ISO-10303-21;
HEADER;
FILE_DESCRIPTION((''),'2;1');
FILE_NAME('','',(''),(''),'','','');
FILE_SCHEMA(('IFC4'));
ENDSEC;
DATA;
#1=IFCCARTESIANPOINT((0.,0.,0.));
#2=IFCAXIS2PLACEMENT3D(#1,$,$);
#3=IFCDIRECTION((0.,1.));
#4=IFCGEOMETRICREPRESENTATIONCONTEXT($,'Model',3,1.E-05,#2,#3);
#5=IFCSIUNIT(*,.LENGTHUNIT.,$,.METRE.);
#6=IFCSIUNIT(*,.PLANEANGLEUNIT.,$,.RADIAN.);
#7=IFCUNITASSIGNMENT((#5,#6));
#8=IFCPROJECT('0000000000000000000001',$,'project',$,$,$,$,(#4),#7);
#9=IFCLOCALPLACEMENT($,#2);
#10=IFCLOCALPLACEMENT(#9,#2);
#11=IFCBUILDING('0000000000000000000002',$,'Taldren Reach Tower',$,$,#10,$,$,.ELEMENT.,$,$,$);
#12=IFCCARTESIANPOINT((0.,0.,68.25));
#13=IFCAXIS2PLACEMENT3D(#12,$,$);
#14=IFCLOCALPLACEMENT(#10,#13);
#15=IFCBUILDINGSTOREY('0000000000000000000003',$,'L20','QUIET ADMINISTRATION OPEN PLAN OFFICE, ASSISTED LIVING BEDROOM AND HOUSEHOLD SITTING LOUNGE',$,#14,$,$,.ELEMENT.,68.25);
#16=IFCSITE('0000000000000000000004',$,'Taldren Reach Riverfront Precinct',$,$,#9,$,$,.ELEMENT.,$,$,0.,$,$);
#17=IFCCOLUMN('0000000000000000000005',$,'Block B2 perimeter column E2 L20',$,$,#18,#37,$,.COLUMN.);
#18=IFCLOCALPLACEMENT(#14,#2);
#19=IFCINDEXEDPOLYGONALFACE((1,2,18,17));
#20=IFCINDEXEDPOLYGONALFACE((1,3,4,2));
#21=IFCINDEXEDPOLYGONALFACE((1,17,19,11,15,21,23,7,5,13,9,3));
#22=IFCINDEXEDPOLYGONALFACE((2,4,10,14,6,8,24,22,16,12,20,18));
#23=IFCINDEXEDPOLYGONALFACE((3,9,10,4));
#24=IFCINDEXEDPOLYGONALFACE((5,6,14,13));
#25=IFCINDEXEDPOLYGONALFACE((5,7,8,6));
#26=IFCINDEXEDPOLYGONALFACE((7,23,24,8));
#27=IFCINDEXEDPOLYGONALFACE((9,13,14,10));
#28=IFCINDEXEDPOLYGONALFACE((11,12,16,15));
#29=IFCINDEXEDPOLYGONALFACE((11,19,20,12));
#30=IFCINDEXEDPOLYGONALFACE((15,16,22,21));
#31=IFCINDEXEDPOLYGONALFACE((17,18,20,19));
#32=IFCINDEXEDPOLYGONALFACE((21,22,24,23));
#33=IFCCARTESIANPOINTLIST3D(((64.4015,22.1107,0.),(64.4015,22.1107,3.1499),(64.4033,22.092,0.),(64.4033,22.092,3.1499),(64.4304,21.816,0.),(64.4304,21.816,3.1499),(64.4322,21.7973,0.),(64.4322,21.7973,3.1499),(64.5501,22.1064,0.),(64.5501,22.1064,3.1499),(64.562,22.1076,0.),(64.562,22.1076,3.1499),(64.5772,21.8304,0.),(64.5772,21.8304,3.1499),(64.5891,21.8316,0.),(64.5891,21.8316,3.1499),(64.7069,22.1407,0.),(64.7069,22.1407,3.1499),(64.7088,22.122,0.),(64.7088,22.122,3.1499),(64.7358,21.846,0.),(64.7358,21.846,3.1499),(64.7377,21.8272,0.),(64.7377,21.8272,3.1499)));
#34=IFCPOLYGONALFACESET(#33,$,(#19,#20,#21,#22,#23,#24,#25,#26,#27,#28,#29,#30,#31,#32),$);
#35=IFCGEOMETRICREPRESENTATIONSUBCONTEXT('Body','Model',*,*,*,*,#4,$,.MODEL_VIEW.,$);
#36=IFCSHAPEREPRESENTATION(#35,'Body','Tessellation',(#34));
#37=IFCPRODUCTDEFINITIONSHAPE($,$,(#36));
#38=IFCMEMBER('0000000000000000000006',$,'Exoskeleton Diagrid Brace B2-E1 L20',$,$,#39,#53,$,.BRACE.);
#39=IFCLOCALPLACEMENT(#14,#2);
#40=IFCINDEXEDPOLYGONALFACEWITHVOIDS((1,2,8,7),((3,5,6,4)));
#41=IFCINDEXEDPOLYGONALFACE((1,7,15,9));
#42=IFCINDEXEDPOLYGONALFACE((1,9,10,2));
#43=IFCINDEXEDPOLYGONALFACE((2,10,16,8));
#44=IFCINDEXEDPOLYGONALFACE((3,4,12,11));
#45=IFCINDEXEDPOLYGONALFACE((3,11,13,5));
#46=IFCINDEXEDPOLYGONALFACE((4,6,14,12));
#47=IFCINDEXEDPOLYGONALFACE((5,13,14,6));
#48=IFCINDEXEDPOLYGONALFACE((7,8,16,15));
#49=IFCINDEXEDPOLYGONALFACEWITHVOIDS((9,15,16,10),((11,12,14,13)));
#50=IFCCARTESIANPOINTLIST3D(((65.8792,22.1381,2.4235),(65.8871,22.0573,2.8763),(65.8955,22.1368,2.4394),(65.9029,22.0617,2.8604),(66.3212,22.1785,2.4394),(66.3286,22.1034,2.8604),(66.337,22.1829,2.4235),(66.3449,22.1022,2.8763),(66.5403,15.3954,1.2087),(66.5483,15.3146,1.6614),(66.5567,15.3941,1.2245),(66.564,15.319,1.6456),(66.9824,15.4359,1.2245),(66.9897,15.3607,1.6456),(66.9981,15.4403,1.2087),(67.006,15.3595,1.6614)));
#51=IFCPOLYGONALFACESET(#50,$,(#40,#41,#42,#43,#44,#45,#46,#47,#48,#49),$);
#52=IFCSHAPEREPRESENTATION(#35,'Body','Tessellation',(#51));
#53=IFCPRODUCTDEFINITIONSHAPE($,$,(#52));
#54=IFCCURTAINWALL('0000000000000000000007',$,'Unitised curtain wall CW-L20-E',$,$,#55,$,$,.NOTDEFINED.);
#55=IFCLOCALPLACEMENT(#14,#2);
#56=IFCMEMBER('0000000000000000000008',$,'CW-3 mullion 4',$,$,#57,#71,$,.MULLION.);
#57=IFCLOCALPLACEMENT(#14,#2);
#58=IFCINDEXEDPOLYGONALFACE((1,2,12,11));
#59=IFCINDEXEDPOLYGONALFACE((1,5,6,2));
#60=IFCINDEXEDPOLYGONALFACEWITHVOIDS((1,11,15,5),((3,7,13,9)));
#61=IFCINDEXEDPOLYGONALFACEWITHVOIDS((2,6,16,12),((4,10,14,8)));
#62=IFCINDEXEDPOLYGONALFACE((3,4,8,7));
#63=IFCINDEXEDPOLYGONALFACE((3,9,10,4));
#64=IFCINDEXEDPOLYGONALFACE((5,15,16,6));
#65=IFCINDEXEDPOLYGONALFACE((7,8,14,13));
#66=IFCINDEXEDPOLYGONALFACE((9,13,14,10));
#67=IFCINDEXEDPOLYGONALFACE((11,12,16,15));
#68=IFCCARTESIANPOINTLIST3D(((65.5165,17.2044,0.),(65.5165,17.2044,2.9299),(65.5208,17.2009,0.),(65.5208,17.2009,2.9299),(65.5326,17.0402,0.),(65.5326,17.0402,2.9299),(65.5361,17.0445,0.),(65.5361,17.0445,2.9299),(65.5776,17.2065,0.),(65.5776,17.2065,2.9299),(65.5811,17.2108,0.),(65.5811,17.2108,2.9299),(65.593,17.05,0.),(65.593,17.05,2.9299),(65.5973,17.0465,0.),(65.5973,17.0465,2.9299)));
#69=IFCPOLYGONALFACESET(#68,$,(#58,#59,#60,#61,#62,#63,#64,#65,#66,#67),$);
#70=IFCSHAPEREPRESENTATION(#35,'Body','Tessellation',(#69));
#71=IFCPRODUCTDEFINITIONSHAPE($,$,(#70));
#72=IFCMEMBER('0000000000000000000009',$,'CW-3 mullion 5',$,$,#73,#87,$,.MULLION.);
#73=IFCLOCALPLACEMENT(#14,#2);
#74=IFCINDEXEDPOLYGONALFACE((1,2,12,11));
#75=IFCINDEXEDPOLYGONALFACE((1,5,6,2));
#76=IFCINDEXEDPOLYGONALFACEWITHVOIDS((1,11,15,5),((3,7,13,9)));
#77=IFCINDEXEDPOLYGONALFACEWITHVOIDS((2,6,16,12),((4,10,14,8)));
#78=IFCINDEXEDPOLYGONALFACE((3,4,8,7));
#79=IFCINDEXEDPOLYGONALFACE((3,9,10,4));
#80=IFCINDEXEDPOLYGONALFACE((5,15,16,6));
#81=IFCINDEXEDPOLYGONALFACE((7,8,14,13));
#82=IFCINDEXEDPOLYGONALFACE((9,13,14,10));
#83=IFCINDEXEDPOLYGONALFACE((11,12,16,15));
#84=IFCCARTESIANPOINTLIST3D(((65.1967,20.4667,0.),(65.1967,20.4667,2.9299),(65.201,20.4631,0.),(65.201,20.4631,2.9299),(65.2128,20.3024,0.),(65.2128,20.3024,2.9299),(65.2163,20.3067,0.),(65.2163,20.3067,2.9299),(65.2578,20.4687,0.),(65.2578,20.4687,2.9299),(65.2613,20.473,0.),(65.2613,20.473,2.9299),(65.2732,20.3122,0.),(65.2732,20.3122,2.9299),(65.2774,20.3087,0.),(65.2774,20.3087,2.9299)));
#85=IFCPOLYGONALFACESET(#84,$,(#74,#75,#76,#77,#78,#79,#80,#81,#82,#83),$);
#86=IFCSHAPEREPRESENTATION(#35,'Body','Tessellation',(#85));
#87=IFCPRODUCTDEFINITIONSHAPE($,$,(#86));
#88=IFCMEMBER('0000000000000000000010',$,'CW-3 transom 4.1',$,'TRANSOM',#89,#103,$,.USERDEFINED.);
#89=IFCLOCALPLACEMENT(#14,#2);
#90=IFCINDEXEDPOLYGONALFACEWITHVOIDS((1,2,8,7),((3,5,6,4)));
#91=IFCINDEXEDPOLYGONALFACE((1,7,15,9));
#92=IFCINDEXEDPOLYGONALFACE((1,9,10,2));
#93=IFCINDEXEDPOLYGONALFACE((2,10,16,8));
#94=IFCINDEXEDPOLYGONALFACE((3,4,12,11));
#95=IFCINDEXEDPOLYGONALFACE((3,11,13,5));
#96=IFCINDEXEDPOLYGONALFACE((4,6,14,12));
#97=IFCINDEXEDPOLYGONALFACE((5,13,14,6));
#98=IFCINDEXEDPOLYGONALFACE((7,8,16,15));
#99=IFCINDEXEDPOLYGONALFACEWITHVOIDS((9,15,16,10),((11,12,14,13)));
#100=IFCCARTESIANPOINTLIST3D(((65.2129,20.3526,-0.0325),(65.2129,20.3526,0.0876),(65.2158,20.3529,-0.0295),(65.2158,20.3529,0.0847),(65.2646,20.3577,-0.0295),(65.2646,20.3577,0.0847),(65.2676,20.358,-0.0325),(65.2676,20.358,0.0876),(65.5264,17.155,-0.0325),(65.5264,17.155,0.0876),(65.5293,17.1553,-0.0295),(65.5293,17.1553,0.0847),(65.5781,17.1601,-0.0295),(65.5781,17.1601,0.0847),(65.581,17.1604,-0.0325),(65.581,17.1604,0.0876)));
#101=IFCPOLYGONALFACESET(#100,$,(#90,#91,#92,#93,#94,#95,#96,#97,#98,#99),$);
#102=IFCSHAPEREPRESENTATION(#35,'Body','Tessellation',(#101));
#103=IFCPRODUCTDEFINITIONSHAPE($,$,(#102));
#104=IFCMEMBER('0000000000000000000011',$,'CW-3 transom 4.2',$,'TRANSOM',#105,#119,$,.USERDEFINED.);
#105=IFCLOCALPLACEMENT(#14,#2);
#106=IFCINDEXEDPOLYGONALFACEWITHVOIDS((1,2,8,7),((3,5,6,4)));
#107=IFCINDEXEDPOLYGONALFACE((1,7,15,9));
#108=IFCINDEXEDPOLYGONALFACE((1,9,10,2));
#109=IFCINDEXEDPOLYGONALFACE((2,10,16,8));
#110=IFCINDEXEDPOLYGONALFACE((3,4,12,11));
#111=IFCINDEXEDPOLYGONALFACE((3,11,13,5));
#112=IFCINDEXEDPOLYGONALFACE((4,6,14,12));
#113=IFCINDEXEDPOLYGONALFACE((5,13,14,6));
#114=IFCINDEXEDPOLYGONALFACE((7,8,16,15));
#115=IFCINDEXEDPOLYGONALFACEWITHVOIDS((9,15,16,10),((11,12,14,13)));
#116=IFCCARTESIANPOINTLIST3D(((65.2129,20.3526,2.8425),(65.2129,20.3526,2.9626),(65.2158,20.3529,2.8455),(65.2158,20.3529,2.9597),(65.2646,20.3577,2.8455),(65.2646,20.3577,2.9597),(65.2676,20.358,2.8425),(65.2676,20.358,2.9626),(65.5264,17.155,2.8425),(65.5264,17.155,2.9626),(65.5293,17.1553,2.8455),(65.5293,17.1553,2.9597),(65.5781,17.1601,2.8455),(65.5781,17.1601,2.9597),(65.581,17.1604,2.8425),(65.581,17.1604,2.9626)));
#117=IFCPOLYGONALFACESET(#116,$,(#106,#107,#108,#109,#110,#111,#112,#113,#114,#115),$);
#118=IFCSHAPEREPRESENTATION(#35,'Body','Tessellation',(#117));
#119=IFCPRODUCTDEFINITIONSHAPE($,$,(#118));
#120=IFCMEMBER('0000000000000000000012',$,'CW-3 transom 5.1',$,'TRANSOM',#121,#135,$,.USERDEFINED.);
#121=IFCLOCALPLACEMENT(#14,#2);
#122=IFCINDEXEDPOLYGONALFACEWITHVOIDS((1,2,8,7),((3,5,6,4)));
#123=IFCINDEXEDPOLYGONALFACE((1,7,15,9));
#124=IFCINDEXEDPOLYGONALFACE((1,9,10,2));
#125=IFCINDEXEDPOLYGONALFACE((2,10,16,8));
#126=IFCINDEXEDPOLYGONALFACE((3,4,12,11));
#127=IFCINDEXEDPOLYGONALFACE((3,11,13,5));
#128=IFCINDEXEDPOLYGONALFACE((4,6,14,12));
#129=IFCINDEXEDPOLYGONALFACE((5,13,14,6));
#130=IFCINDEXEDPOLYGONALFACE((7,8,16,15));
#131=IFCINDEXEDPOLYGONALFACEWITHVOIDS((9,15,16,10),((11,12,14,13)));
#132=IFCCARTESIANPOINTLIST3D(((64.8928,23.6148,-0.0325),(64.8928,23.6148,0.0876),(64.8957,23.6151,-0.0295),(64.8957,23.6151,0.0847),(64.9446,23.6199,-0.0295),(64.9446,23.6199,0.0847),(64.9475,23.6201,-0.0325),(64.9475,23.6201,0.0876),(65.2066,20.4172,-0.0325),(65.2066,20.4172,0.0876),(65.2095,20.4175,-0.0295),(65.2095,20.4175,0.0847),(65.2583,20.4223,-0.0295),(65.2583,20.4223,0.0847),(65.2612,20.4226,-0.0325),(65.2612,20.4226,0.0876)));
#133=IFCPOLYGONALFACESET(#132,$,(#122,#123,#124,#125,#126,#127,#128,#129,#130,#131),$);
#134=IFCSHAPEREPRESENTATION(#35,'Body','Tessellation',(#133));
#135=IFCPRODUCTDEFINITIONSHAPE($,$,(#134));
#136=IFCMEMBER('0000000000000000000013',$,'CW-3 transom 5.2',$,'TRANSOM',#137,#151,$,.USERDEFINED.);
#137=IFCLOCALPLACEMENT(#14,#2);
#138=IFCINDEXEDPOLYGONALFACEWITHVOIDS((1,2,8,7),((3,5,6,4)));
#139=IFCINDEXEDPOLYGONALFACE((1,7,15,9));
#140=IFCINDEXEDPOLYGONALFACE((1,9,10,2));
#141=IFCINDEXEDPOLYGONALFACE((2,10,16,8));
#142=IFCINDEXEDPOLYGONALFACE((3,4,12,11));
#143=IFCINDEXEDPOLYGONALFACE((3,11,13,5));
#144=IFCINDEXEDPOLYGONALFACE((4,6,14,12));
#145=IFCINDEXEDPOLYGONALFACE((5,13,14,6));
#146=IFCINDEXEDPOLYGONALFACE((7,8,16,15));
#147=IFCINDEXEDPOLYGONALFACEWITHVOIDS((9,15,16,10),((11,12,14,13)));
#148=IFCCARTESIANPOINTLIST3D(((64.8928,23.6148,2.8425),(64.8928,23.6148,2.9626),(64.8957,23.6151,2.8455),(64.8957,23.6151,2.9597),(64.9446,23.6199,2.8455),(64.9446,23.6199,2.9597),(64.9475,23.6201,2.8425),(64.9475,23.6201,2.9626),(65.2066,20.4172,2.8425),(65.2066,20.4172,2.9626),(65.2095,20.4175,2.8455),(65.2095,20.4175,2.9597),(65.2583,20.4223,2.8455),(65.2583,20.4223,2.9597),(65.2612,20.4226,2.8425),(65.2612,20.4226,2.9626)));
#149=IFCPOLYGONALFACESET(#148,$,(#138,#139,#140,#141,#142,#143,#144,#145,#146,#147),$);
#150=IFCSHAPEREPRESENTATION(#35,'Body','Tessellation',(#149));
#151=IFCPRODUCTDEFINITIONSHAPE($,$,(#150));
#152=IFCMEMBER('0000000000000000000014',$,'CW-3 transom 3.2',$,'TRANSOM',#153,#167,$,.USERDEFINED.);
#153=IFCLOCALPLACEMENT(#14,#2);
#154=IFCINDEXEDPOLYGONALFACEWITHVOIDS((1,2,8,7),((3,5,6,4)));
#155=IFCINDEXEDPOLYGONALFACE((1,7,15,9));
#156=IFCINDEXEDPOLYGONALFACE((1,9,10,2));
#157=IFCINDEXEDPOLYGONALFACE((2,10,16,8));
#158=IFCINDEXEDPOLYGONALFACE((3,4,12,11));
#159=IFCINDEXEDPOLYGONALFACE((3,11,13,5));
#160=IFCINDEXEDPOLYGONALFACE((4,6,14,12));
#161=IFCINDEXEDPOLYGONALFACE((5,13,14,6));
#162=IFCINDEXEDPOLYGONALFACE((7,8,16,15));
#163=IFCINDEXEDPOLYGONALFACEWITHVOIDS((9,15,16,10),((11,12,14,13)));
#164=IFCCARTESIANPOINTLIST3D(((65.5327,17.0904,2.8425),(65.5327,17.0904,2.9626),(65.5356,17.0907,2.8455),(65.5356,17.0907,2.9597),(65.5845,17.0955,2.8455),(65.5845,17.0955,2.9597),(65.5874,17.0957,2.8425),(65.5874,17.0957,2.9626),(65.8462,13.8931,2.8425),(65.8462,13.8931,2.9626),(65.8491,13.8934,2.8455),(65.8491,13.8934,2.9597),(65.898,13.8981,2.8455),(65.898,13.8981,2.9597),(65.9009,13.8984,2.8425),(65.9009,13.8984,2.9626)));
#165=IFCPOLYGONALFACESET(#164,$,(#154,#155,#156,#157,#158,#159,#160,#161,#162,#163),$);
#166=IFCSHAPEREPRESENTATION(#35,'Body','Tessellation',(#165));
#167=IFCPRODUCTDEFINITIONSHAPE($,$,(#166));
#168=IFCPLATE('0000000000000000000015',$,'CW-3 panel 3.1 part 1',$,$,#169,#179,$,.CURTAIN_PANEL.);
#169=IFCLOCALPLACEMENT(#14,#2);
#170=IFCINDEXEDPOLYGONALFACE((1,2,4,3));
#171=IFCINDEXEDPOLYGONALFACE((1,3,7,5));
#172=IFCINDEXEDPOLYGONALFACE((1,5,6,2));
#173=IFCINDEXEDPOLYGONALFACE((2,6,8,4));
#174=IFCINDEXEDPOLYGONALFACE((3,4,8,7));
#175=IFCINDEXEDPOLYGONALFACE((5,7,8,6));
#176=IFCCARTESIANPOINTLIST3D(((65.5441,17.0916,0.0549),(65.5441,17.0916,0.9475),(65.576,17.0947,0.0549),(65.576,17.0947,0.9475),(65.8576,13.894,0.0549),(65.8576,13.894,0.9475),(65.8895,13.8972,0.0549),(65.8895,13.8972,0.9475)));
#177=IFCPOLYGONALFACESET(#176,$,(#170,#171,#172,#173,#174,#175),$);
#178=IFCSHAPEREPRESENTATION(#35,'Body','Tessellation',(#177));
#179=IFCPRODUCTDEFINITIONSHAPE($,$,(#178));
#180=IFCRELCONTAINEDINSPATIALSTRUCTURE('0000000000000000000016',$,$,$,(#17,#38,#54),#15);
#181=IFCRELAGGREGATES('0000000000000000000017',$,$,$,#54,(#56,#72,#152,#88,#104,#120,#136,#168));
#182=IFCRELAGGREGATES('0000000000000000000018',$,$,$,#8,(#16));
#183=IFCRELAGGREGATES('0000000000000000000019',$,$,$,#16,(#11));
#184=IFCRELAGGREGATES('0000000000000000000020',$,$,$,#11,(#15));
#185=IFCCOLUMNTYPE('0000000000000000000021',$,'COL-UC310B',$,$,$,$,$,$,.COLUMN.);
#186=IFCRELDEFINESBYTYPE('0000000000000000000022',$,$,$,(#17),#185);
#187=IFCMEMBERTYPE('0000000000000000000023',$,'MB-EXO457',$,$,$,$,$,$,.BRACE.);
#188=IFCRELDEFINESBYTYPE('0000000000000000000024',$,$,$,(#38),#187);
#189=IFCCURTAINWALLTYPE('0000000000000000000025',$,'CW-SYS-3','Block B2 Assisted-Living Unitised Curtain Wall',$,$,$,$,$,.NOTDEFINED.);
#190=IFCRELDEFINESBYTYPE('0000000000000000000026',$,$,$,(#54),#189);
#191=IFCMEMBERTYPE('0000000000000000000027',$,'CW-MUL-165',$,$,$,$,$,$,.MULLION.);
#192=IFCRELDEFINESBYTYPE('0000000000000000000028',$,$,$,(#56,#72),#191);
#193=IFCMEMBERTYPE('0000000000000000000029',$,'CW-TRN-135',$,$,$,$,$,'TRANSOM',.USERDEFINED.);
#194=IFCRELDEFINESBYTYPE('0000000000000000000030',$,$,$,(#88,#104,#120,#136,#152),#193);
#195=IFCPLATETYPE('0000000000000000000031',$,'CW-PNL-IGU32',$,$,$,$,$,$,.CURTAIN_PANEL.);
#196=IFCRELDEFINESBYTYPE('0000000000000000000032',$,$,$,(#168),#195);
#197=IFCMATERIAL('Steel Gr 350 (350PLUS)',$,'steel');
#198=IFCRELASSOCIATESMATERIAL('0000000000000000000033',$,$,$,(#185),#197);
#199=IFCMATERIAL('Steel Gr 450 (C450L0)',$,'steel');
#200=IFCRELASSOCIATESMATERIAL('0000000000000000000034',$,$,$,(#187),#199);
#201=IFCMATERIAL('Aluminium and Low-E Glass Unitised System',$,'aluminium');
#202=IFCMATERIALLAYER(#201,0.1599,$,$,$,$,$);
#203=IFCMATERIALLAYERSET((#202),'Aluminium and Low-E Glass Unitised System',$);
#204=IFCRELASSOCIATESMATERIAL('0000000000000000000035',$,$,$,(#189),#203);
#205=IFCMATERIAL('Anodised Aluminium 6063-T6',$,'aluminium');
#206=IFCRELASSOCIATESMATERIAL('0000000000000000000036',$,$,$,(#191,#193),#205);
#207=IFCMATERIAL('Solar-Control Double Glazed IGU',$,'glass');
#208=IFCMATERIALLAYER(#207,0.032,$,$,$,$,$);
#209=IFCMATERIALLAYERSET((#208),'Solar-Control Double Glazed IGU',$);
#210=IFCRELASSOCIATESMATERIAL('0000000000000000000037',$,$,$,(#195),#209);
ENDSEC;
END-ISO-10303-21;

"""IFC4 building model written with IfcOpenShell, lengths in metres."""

from ifc_helpers import new_model, si_unit, direction, frame, origin, origin_2d, place, context, subcontext, project, spatial, rectangle, hollow_rectangle, i_section, extrude, source, transform, mapped, material, layer, layer_set, material_profile, profile_set, type_object, element, aggregate, save


model = new_model("IFC4")

# Units and contexts
model_context = context("Model", 3, precision=1e-05, world=origin(), true_north=direction((0.0, 1.0)))
body_context = subcontext(model_context, "Body", "Model", "MODEL_VIEW")
ifc_project = project(units=[si_unit("LENGTHUNIT", "METRE"), si_unit("PLANEANGLEUNIT", "RADIAN")], contexts=[model_context])

# Site, building, storey
site_placement = place(None, origin())
site = spatial("IfcSite", under=ifc_project, at=site_placement, Name="Taldren Reach Riverfront Precinct", CompositionType="ELEMENT", RefElevation=0.0)
building_placement = place(site_placement, origin())
building = spatial("IfcBuilding", under=site, at=building_placement, Name="Taldren Reach Tower", CompositionType="ELEMENT")
storey_placement = place(building_placement, frame((0.0, 0.0, 68.25)))
storey = spatial("IfcBuildingStorey", under=building, at=storey_placement, Name="L20", Description="QUIET ADMINISTRATION OPEN PLAN OFFICE, ASSISTED LIVING BEDROOM AND HOUSEHOLD SITTING LOUNGE", CompositionType="ELEMENT", Elevation=68.25)

# Column
ifc_material_1 = material(Name="Steel Gr 350 (350PLUS)", Category="steel")
ifc_material_profile_1 = material_profile(ifc_material_1, i_section(OverallWidth=0.3069, OverallDepth=0.3149, WebThickness=0.012, FlangeThickness=0.0188, at=origin_2d()), Name="310UC118")
ifc_profile_set_1 = profile_set([ifc_material_profile_1], Name="Steel Gr 350 (350PLUS)")
column_type = type_object("IfcColumnType", Name="COL-UC310B", PredefinedType="COLUMN", material=ifc_profile_set_1)
shared_shape_1 = source(origin(), body_context, "Body", "SweptSolid", [
    extrude(i_section(OverallWidth=0.3069, OverallDepth=0.3149, WebThickness=0.012, FlangeThickness=0.0188, at=origin_2d()), origin(), (0.0, 0.0, 1.0), 3.1499),
])
column_placement = place(storey_placement, frame((64.5696, 21.969, 0.0), z_axis=(0.0, 0.0, 1.0), x_axis=(0.995227, 0.097583, 0.0)))
element("IfcColumn", 1, at=column_placement, inside=storey, type_object=column_type, Name="Block B2 perimeter column E2 L20", PredefinedType="COLUMN", context=body_context, shape_type="MappedRepresentation", body=[
    mapped(shared_shape_1, transform((0.0, 0.0, 0.0), scale=1.0)),
])

# Member
ifc_material_2 = material(Name="Steel Gr 450 (C450L0)", Category="steel")
ifc_material_profile_2 = material_profile(ifc_material_2, hollow_rectangle(XDim=0.46, YDim=0.46, WallThickness=0.0161, at=origin_2d()), Name="460x460x16.0SHS")
ifc_profile_set_2 = profile_set([ifc_material_profile_2], Name="Steel Gr 450 (C450L0)")
member_type_1 = type_object("IfcMemberType", Name="MB-EXO457", PredefinedType="BRACE", material=ifc_profile_set_2)
shared_shape_2 = source(origin(), body_context, "Body", "SweptSolid", [
    extrude(hollow_rectangle(XDim=0.46, YDim=0.46, WallThickness=0.0161, at=origin_2d()), origin(), (0.0, 0.0, 1.0), 6.8831),
])
member_1_placement = place(storey_placement, frame((66.7732, 15.3774, 1.4351), z_axis=(-0.096052, 0.979603, 0.176497), x_axis=(-0.995227, -0.097584, 0.0)))
element("IfcMember", 2, at=member_1_placement, inside=storey, type_object=member_type_1, Name="Exoskeleton Diagrid Brace B2-E1 L20", PredefinedType="BRACE", context=body_context, shape_type="MappedRepresentation", body=[
    mapped(shared_shape_2, transform((0.0, 0.0, 0.0), scale=1.0)),
])

# Curtain wall, members, plate
ifc_material_3 = material(Name="Aluminium and Low-E Glass Unitised System", Category="aluminium")
ifc_layer_1 = layer(ifc_material_3, 0.1599)
ifc_layer_set_1 = layer_set([ifc_layer_1], Name="Aluminium and Low-E Glass Unitised System")
curtain_wall_type = type_object("IfcCurtainWallType", Name="CW-SYS-3", Description="Block B2 Assisted-Living Unitised Curtain Wall", PredefinedType="NOTDEFINED", material=ifc_layer_set_1)
curtain_wall_placement = place(storey_placement, origin())
curtain_wall = element("IfcCurtainWall", 3, at=curtain_wall_placement, inside=storey, type_object=curtain_wall_type, Name="Unitised curtain wall CW-L20-E", PredefinedType="NOTDEFINED")
ifc_material_4 = material(Name="Anodised Aluminium 6063-T6", Category="aluminium")
ifc_material_profile_3 = material_profile(ifc_material_4, hollow_rectangle(XDim=0.0649, YDim=0.165, WallThickness=0.0039, at=origin_2d()), Name="ALU-165x65x4RHS")
ifc_profile_set_3 = profile_set([ifc_material_profile_3], Name="Anodised Aluminium 6063-T6")
member_type_2 = type_object("IfcMemberType", Name="CW-MUL-165", PredefinedType="MULLION", material=ifc_profile_set_3)
shared_shape_3 = source(origin(), body_context, "Body", "SweptSolid", [
    extrude(hollow_rectangle(XDim=0.0649, YDim=0.165, WallThickness=0.0039, at=origin_2d()), origin(), (0.0, 0.0, 1.0), 2.9299),
])
member_2_placement = place(storey_placement, frame((65.5569, 17.1255, 0.0), z_axis=(0.0, 0.0, 1.0), x_axis=(-0.995227, -0.097583, 0.0)))
member_2 = element("IfcMember", 4, at=member_2_placement, type_object=member_type_2, Name="CW-3 mullion 4", PredefinedType="MULLION", context=body_context, shape_type="MappedRepresentation", body=[
    mapped(shared_shape_3, transform((0.0, 0.0, 0.0), scale=1.0)),
])
member_3_placement = place(storey_placement, frame((65.2371, 20.3877, 0.0), z_axis=(0.0, 0.0, 1.0), x_axis=(-0.995227, -0.097583, 0.0)))
member_3 = element("IfcMember", 5, at=member_3_placement, type_object=member_type_2, Name="CW-3 mullion 5", PredefinedType="MULLION", context=body_context, shape_type="MappedRepresentation", body=[
    mapped(shared_shape_3, transform((0.0, 0.0, 0.0), scale=1.0)),
])
ifc_material_profile_4 = material_profile(ifc_material_4, hollow_rectangle(XDim=0.0549, YDim=0.1201, WallThickness=0.0029, at=origin_2d()), Name="ALU-120x55x3RHS")
ifc_profile_set_4 = profile_set([ifc_material_profile_4], Name="Anodised Aluminium 6063-T6")
member_type_3 = type_object("IfcMemberType", Name="CW-TRN-135", ElementType="TRANSOM", PredefinedType="USERDEFINED", material=ifc_profile_set_4)
shared_shape_4 = source(origin(), body_context, "Body", "SweptSolid", [
    extrude(hollow_rectangle(XDim=0.0549, YDim=0.1201, WallThickness=0.0029, at=origin_2d()), origin(), (0.0, 0.0, 1.0), 3.2129),
])
member_4_placement = place(storey_placement, frame((65.5537, 17.1577, 0.0276), z_axis=(-0.09757, 0.995229, 0.0), x_axis=(-0.995229, -0.09757, 0.0)))
member_4 = element("IfcMember", 6, at=member_4_placement, type_object=member_type_3, Name="CW-3 transom 4.1", ObjectType="TRANSOM", PredefinedType="USERDEFINED", context=body_context, shape_type="MappedRepresentation", body=[
    mapped(shared_shape_4, transform((0.0, 0.0, 0.0), scale=1.0)),
])
member_5_placement = place(storey_placement, frame((65.5537, 17.1577, 2.9026), z_axis=(-0.09757, 0.995229, 0.0), x_axis=(-0.995229, -0.09757, 0.0)))
member_5 = element("IfcMember", 7, at=member_5_placement, type_object=member_type_3, Name="CW-3 transom 4.2", ObjectType="TRANSOM", PredefinedType="USERDEFINED", context=body_context, shape_type="MappedRepresentation", body=[
    mapped(shared_shape_4, transform((0.0, 0.0, 0.0), scale=1.0)),
])
member_6_placement = place(storey_placement, frame((65.2339, 20.4199, 0.0276), z_axis=(-0.097645, 0.995221, 0.0), x_axis=(-0.995221, -0.097645, 0.0)))
member_6 = element("IfcMember", 8, at=member_6_placement, type_object=member_type_3, Name="CW-3 transom 5.1", ObjectType="TRANSOM", PredefinedType="USERDEFINED", context=body_context, shape_type="MappedRepresentation", body=[
    mapped(shared_shape_4, transform((0.0, 0.0, 0.0), scale=1.0)),
])
member_7_placement = place(storey_placement, frame((65.2339, 20.4199, 2.9026), z_axis=(-0.097645, 0.995221, 0.0), x_axis=(-0.995221, -0.097645, 0.0)))
member_7 = element("IfcMember", 9, at=member_7_placement, type_object=member_type_3, Name="CW-3 transom 5.2", ObjectType="TRANSOM", PredefinedType="USERDEFINED", context=body_context, shape_type="MappedRepresentation", body=[
    mapped(shared_shape_4, transform((0.0, 0.0, 0.0), scale=1.0)),
])
shared_shape_5 = source(origin(), body_context, "Body", "SweptSolid", [
    extrude(hollow_rectangle(XDim=0.0549, YDim=0.1201, WallThickness=0.0029, at=origin_2d()), origin(), (0.0, 0.0, 1.0), 3.2126),
])
member_8_placement = place(storey_placement, frame((65.8735, 13.8958, 2.9026), z_axis=(-0.097577, 0.995228, 0.0), x_axis=(-0.995228, -0.097577, 0.0)))
member_8 = element("IfcMember", 10, at=member_8_placement, type_object=member_type_3, Name="CW-3 transom 3.2", ObjectType="TRANSOM", PredefinedType="USERDEFINED", context=body_context, shape_type="MappedRepresentation", body=[
    mapped(shared_shape_5, transform((0.0, 0.0, 0.0), scale=1.0)),
])
ifc_material_5 = material(Name="Solar-Control Double Glazed IGU", Category="glass")
ifc_layer_2 = layer(ifc_material_5, 0.032)
ifc_layer_set_2 = layer_set([ifc_layer_2], Name="Solar-Control Double Glazed IGU")
plate_type = type_object("IfcPlateType", Name="CW-PNL-IGU32", PredefinedType="CURTAIN_PANEL", material=ifc_layer_set_2)
shared_shape_6 = source(origin(), body_context, "Body", "SweptSolid", [
    extrude(rectangle(XDim=3.2129, YDim=0.032, at=origin_2d()), origin(), (0.0, 0.0, 1.0), 0.8926),
])
plate_1_placement = place(storey_placement, frame((65.7168, 15.4944, 0.0549), z_axis=(0.0, 0.0, 1.0), x_axis=(-0.097583, 0.995227, 0.0)))
plate_1 = element("IfcPlate", 11, at=plate_1_placement, type_object=plate_type, Name="CW-3 panel 3.1 part 1", PredefinedType="CURTAIN_PANEL", context=body_context, shape_type="MappedRepresentation", body=[
    mapped(shared_shape_6, transform((0.0, 0.0, 0.0), scale=1.0)),
])
aggregate(curtain_wall, [member_2, member_3, member_8, member_4, member_5, member_6, member_7, plate_1])

save(model, "model.ifc")
